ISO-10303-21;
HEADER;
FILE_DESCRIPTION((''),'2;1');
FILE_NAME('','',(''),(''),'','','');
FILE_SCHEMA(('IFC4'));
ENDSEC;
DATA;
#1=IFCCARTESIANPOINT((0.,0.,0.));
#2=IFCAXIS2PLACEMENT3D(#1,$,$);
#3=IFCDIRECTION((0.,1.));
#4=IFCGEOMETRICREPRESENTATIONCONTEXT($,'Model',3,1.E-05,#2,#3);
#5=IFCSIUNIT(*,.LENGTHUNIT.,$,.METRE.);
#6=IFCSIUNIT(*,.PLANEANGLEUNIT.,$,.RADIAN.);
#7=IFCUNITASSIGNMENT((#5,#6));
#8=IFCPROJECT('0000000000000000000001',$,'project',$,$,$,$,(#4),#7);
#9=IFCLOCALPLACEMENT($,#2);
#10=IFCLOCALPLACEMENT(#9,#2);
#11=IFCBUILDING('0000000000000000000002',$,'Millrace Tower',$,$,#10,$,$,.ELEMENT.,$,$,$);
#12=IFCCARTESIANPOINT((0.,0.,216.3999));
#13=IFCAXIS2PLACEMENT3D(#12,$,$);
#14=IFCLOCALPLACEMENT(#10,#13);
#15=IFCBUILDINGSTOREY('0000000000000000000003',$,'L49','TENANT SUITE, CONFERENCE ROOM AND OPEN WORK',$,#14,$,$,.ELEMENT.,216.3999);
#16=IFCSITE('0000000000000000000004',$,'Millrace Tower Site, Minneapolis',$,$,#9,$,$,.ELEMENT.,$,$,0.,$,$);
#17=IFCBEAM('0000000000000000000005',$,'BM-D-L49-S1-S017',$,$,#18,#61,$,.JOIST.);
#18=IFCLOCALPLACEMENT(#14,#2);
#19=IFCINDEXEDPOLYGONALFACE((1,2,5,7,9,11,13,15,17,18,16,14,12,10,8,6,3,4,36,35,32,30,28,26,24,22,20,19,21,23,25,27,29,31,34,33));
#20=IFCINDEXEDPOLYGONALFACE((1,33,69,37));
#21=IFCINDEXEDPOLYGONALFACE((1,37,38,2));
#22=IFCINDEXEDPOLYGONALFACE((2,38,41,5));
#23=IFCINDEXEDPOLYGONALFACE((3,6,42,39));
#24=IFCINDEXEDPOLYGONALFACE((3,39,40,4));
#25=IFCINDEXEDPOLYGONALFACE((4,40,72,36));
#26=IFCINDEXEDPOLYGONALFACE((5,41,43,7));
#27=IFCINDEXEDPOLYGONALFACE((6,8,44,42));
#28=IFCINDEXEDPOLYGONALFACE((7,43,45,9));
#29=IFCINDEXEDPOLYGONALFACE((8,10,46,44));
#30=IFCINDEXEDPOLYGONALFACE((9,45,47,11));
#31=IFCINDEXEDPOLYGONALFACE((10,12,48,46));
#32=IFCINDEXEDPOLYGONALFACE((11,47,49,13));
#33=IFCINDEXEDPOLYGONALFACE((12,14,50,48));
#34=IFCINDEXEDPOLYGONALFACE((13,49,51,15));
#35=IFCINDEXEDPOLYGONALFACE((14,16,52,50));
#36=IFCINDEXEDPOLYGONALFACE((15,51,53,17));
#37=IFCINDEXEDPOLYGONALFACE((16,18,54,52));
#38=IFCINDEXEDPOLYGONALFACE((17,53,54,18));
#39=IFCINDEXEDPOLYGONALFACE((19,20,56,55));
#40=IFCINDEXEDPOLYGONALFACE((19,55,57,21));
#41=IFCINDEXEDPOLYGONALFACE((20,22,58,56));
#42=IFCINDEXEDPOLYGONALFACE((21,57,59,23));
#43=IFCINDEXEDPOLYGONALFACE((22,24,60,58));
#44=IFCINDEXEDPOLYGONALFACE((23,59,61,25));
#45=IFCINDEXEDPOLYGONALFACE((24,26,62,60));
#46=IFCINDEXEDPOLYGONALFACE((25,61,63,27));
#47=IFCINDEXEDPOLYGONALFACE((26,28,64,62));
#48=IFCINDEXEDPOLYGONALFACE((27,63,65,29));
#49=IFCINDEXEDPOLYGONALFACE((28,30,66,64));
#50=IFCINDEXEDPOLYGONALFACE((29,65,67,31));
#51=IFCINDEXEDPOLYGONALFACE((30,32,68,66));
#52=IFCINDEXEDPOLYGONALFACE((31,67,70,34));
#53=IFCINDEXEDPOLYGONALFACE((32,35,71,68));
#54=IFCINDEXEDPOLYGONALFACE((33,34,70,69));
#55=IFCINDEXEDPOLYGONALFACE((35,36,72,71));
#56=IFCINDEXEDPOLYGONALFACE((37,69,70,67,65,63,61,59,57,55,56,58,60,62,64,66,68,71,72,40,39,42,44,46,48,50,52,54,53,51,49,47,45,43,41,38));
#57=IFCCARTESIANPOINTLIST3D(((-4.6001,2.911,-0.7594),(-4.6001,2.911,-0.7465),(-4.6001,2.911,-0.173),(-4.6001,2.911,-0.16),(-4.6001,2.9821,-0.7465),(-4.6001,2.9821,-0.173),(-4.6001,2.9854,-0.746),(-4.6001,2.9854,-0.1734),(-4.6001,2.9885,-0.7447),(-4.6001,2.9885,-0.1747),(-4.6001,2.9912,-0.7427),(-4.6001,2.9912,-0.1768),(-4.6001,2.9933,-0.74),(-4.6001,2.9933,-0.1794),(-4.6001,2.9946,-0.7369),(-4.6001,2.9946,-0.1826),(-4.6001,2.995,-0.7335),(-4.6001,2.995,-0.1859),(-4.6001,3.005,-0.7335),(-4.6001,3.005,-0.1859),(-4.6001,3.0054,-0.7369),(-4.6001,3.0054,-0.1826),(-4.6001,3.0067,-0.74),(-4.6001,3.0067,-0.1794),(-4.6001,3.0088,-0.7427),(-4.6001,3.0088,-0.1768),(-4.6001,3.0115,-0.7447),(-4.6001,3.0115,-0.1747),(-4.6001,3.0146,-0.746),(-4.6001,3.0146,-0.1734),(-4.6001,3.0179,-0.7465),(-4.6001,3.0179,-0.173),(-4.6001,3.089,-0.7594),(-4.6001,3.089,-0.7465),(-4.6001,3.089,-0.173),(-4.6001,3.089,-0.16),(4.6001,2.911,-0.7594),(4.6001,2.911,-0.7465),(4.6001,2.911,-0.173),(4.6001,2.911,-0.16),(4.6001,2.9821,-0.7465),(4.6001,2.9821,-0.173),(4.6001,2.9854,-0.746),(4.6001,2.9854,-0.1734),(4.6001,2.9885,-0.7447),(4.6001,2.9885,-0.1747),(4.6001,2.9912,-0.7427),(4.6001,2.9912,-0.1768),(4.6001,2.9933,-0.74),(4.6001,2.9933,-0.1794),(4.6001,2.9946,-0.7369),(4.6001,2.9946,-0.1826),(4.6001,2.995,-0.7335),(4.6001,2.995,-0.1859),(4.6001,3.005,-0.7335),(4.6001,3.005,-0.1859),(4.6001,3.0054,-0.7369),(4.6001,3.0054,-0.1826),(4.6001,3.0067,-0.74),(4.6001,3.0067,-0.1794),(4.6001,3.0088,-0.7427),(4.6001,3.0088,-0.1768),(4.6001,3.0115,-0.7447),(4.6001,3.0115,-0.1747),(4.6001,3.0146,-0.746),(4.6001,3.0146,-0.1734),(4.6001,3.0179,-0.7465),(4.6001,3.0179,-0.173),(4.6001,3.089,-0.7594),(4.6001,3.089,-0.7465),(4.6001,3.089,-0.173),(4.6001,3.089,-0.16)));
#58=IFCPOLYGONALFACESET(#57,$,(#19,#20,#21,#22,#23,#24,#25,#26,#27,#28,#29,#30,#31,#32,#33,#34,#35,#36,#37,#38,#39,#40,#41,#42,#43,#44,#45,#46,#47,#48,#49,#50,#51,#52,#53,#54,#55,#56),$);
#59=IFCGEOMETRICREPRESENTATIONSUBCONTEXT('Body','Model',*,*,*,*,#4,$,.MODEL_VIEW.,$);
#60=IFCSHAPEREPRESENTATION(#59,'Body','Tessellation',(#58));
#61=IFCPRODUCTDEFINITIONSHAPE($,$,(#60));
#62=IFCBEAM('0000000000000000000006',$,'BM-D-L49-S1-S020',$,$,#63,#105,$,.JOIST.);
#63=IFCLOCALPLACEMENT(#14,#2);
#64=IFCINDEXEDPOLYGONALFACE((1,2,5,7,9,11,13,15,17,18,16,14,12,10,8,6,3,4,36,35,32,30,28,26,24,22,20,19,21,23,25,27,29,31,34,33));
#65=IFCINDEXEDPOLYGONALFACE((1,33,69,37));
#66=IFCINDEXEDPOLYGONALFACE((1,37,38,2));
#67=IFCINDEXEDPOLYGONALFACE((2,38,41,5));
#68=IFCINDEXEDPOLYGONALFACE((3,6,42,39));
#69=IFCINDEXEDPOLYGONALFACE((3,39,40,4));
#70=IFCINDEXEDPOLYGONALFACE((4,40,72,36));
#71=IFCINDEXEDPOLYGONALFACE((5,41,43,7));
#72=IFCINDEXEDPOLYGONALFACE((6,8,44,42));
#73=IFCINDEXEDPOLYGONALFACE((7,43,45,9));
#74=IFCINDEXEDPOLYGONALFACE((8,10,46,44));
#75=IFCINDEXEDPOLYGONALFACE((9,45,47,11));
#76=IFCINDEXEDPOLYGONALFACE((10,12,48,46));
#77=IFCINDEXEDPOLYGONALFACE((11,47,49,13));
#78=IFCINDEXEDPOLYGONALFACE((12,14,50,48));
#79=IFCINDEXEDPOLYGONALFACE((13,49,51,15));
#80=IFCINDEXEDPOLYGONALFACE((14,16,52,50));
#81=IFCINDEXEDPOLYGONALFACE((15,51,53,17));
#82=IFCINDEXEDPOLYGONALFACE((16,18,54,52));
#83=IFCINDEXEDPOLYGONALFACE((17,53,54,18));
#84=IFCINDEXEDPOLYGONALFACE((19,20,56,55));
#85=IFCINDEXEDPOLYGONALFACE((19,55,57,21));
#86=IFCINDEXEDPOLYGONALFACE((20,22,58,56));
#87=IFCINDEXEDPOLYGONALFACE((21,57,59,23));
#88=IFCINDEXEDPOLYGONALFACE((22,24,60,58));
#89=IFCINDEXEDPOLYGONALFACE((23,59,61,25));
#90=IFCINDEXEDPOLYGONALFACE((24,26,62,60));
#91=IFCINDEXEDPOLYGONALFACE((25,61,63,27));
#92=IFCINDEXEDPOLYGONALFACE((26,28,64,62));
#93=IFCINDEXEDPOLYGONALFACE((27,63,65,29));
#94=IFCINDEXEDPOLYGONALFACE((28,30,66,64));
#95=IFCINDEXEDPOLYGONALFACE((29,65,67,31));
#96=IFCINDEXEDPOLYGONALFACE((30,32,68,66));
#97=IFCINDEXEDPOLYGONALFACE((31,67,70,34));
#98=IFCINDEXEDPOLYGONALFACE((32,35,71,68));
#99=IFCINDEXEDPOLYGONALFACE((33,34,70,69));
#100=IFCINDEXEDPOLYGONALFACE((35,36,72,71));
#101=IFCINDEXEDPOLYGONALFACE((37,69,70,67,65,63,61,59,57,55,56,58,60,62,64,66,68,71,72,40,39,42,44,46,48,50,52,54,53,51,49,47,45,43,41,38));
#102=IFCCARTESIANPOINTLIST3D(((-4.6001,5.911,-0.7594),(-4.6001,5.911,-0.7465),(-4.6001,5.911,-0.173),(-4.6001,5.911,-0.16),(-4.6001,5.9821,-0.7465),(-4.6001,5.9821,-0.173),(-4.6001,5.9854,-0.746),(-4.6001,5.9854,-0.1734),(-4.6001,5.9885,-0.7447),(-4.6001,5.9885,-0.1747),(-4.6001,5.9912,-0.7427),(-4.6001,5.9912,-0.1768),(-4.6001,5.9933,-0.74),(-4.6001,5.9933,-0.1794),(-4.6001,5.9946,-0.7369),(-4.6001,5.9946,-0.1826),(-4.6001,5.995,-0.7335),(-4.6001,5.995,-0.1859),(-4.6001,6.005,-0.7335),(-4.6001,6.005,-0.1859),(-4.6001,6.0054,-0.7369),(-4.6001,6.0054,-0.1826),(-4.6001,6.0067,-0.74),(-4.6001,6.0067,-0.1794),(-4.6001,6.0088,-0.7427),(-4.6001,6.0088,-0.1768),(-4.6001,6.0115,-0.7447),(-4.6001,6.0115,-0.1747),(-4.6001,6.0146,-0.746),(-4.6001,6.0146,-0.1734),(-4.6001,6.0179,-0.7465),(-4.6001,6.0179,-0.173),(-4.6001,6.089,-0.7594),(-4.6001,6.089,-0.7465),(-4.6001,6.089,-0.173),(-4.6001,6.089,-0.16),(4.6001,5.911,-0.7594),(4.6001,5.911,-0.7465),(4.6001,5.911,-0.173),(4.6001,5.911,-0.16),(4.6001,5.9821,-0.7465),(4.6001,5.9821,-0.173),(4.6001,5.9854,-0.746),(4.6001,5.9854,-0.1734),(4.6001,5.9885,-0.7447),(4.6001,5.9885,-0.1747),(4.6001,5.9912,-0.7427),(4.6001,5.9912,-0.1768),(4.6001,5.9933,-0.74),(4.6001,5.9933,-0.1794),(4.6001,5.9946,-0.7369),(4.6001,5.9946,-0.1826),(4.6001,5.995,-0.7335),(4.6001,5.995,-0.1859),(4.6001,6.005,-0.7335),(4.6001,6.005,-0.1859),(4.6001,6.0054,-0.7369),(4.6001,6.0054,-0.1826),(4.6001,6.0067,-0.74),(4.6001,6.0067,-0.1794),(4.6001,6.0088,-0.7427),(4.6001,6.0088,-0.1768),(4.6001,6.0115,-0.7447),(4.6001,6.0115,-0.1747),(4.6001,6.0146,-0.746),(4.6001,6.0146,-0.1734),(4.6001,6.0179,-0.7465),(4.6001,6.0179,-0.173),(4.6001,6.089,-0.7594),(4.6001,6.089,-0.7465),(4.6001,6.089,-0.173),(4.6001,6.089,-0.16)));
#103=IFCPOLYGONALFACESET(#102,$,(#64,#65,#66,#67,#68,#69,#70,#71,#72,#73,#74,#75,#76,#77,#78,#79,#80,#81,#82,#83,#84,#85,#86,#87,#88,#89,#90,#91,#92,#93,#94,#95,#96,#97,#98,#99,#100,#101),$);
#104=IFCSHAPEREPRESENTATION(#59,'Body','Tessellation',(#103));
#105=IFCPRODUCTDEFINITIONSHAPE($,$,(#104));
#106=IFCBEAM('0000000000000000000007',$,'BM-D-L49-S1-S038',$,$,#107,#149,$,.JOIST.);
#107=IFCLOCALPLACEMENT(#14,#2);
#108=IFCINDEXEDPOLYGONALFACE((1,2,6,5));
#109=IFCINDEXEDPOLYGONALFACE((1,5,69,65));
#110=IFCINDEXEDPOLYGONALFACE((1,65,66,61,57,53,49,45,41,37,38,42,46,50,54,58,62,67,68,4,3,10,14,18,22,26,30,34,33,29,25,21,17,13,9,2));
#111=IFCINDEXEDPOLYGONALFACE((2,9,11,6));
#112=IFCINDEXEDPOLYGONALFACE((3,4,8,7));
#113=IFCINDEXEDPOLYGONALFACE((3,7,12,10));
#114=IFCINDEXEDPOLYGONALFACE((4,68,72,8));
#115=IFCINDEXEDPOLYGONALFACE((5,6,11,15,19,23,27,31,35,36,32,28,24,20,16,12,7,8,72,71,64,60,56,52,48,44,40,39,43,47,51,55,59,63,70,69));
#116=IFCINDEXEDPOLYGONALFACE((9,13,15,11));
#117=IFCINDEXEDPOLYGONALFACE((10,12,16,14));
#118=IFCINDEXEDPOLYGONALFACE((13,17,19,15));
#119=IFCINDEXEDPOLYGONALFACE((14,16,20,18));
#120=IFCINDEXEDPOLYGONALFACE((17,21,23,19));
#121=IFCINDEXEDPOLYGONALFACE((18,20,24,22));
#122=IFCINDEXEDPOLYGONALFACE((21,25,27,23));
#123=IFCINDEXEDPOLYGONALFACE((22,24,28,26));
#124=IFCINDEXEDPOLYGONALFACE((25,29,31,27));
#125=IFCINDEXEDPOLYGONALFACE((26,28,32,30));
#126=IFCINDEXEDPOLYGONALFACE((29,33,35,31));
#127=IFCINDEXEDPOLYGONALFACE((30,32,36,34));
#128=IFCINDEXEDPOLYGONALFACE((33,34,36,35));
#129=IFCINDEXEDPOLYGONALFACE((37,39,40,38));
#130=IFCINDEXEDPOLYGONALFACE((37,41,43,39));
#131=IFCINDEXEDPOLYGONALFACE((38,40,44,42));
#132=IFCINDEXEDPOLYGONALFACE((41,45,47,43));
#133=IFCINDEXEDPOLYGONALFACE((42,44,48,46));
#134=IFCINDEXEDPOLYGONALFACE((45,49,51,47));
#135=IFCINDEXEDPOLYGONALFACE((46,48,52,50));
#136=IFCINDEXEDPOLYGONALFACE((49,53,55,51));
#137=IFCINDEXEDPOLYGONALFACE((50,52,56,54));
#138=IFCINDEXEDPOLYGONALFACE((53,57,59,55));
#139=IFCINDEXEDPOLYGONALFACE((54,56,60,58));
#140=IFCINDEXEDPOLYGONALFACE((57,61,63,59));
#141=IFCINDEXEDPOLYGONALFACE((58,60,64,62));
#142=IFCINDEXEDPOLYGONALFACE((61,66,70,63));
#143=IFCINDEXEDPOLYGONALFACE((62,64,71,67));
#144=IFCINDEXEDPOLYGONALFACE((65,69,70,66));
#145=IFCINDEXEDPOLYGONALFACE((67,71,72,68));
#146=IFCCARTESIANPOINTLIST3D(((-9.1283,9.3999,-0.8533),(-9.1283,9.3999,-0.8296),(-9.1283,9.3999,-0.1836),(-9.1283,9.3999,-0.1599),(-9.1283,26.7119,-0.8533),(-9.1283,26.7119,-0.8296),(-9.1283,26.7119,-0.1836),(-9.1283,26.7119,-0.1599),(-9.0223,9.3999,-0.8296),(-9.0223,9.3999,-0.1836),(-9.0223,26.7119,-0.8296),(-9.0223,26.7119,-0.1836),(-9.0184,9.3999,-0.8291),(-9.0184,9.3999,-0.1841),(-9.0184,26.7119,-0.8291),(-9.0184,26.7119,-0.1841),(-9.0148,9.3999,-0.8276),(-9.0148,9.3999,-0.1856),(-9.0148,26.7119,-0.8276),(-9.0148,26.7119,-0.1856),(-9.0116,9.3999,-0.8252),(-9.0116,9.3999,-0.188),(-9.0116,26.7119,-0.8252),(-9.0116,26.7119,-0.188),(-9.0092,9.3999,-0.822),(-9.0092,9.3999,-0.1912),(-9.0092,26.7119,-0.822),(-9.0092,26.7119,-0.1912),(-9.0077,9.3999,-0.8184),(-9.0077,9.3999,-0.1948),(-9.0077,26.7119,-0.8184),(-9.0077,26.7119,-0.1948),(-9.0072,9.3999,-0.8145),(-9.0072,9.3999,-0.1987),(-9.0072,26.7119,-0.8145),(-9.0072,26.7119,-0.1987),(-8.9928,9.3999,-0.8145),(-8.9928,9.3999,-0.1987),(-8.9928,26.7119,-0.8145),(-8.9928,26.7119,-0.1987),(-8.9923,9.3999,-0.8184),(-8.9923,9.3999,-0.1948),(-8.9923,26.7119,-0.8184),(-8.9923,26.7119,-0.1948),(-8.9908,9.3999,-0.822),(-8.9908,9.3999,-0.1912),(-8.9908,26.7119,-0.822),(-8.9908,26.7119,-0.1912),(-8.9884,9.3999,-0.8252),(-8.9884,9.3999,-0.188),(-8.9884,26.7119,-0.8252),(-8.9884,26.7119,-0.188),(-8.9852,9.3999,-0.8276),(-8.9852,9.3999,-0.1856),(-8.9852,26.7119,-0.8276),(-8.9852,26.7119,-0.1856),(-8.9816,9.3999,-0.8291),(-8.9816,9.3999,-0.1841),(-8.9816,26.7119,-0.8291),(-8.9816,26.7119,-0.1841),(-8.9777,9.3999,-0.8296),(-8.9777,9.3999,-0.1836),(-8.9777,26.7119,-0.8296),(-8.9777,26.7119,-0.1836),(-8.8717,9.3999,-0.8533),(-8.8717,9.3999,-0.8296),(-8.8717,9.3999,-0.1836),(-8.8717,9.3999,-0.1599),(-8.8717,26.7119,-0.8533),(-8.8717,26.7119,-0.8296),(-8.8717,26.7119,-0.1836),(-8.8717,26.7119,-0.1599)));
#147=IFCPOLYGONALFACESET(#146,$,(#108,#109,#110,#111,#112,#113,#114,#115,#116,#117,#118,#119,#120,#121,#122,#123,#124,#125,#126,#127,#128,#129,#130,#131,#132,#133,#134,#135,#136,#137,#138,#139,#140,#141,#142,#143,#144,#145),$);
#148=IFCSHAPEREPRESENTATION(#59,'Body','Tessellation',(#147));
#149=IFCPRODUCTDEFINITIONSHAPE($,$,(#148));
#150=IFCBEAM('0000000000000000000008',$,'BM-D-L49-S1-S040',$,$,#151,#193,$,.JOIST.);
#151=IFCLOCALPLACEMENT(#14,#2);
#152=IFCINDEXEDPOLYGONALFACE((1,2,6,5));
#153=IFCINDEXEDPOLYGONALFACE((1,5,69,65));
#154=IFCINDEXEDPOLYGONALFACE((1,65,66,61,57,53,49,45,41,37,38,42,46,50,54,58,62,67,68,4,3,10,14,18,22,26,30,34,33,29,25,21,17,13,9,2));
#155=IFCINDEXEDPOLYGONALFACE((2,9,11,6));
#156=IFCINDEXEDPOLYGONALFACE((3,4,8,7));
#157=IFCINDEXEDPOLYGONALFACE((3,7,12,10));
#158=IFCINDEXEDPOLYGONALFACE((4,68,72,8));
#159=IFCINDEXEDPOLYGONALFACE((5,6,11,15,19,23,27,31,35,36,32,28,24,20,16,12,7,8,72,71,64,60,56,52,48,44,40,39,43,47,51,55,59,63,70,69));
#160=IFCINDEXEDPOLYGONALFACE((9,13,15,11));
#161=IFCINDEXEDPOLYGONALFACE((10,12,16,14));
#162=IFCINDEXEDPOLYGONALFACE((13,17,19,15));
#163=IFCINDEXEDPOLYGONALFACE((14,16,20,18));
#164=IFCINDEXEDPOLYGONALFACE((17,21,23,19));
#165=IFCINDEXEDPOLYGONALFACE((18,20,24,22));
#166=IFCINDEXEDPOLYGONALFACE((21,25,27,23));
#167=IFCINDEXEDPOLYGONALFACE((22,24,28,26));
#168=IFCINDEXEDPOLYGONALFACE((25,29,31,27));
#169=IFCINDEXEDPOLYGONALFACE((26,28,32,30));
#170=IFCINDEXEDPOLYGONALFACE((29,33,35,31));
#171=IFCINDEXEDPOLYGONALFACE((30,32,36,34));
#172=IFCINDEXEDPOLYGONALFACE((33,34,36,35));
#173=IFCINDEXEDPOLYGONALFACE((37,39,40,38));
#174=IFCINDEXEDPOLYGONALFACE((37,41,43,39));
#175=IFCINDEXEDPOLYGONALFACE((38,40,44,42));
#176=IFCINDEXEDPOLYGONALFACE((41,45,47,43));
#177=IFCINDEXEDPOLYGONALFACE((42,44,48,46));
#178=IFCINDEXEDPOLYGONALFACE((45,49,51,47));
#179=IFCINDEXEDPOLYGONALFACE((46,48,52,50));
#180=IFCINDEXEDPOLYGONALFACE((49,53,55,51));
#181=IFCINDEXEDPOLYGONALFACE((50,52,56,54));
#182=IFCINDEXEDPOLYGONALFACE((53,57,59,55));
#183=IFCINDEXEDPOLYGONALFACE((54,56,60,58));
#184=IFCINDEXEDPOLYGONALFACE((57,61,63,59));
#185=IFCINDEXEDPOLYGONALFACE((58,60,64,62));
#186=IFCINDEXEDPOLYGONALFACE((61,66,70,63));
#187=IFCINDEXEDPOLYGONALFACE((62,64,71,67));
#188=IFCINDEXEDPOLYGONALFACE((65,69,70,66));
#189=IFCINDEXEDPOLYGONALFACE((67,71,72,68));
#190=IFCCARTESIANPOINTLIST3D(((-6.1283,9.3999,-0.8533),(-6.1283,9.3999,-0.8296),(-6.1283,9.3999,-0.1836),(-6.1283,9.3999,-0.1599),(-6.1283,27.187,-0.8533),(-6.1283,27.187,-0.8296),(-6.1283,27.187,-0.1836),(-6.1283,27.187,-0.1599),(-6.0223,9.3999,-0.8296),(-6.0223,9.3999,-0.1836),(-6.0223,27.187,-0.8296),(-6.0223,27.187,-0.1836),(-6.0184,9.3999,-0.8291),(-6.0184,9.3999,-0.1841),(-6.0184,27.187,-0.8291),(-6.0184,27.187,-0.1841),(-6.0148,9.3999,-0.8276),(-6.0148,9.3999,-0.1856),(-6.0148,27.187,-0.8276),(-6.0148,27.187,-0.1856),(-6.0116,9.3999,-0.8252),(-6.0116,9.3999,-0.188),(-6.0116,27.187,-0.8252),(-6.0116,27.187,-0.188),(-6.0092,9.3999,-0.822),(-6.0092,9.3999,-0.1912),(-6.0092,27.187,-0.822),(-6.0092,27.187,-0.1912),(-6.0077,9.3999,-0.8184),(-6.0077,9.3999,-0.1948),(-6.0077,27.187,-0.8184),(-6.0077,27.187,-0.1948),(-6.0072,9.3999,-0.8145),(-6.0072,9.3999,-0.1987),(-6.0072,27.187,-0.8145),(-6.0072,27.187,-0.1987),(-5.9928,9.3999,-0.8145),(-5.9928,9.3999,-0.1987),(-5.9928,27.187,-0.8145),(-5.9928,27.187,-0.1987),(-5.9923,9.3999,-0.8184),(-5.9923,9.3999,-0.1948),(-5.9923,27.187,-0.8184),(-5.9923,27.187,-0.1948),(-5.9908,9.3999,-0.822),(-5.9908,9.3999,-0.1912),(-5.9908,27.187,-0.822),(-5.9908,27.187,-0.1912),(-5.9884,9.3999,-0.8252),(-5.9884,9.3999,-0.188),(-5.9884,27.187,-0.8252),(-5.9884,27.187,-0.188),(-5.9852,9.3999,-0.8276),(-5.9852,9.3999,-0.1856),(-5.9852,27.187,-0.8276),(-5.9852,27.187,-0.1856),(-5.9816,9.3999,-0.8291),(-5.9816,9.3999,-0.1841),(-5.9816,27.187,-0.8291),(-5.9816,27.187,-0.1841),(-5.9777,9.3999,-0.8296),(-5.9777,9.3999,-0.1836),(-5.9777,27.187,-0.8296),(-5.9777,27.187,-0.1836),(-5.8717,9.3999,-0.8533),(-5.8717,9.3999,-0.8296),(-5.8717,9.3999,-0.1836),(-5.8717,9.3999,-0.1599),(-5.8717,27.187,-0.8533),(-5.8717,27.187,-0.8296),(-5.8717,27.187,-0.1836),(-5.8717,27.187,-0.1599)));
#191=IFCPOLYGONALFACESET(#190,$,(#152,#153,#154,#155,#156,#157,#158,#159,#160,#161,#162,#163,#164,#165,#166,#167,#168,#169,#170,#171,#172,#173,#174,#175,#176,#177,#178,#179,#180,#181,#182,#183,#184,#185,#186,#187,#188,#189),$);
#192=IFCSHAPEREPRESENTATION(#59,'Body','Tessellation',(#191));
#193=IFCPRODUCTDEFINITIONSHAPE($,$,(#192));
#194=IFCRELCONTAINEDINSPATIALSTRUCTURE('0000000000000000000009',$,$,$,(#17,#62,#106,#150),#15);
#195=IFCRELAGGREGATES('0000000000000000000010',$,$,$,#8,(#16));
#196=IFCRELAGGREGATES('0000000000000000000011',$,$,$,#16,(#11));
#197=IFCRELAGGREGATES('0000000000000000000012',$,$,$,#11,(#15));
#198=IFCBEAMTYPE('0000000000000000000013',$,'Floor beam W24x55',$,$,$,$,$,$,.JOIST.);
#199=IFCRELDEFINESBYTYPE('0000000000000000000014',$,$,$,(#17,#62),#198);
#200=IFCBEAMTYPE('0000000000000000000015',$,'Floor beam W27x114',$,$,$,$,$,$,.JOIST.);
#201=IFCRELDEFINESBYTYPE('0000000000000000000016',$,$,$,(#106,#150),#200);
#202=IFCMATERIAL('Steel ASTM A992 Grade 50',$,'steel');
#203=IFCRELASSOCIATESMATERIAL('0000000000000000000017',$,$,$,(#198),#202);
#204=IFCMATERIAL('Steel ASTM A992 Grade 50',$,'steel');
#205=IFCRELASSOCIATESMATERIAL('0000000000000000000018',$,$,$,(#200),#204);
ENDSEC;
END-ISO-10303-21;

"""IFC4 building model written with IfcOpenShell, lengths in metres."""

from ifc_helpers import new_model, si_unit, direction, frame, origin, origin_2d, place, context, subcontext, project, spatial, i_section, extrude, material, material_profile, profile_set, type_object, element, save


model = new_model("IFC4")

# Units and contexts
model_context = context("Model", 3, precision=1e-05, world=origin(), true_north=direction((0.0, 1.0)))
body_context = subcontext(model_context, "Body", "Model", "MODEL_VIEW")
ifc_project = project(units=[si_unit("LENGTHUNIT", "METRE"), si_unit("PLANEANGLEUNIT", "RADIAN")], contexts=[model_context])

# Site, building, storey
site_placement = place(None, origin())
site = spatial("IfcSite", under=ifc_project, at=site_placement, Name="Millrace Tower Site, Minneapolis", CompositionType="ELEMENT", RefElevation=0.0)
building_placement = place(site_placement, origin())
building = spatial("IfcBuilding", under=site, at=building_placement, Name="Millrace Tower", CompositionType="ELEMENT")
storey_placement = place(building_placement, frame((0.0, 0.0, 216.3999)))
storey = spatial("IfcBuildingStorey", under=building, at=storey_placement, Name="L49", Description="TENANT SUITE, CONFERENCE ROOM AND OPEN WORK", CompositionType="ELEMENT", Elevation=216.3999)

# Beams
ifc_material_1 = material(Name="Steel ASTM A992 Grade 50", Category="steel")
ifc_material_profile_1 = material_profile(ifc_material_1, i_section(OverallWidth=0.178, OverallDepth=0.5994, WebThickness=0.01, FlangeThickness=0.0129, FilletRadius=0.0129, at=origin_2d()))
ifc_profile_set_1 = profile_set([ifc_material_profile_1], Name="Steel ASTM A992 Grade 50")
beam_type_1 = type_object("IfcBeamType", Name="Floor beam W24x55", PredefinedType="JOIST", material=ifc_profile_set_1)
for number, where, z_axis, x_axis, name in (
    (1, (-4.6001, 3.0, -0.4597), (1.0, 0.0, 0.0), (0.0, 1.0, 0.0), "BM-D-L49-S1-S017"),
    (2, (-4.6001, 6.0, -0.4597), (1.0, 0.0, 0.0), (0.0, 1.0, 0.0), "BM-D-L49-S1-S020"),
):
    element("IfcBeam", number, at=place(storey_placement, frame(where, z_axis=z_axis, x_axis=x_axis)), inside=storey, type_object=beam_type_1, Name=name, PredefinedType="JOIST", context=body_context, shape_type="SweptSolid", body=[
        extrude(i_section(OverallWidth=0.178, OverallDepth=0.5994, WebThickness=0.01, FlangeThickness=0.0129, FilletRadius=0.0129, at=origin_2d()), origin(), (0.0, 0.0, 1.0), 9.2002),
    ])
ifc_material_2 = material(Name="Steel ASTM A992 Grade 50", Category="steel")
ifc_material_profile_2 = material_profile(ifc_material_2, i_section(OverallWidth=0.2566, OverallDepth=0.6934, WebThickness=0.0144, FlangeThickness=0.0237, FilletRadius=0.0151, at=origin_2d()))
ifc_profile_set_2 = profile_set([ifc_material_profile_2], Name="Steel ASTM A992 Grade 50")
beam_type_2 = type_object("IfcBeamType", Name="Floor beam W27x114", PredefinedType="JOIST", material=ifc_profile_set_2)
beam_1_placement = place(storey_placement, frame((-9.0, 9.3999, -0.5066), z_axis=(0.0, 1.0, 0.0), x_axis=(-1.0, 0.0, 0.0)))
element("IfcBeam", 3, at=beam_1_placement, inside=storey, type_object=beam_type_2, Name="BM-D-L49-S1-S038", PredefinedType="JOIST", context=body_context, shape_type="SweptSolid", body=[
    extrude(i_section(OverallWidth=0.2566, OverallDepth=0.6934, WebThickness=0.0144, FlangeThickness=0.0237, FilletRadius=0.0151, at=origin_2d()), origin(), (0.0, 0.0, 1.0), 17.312),
])
beam_2_placement = place(storey_placement, frame((-6.0, 9.3999, -0.5066), z_axis=(0.0, 1.0, 0.0), x_axis=(-1.0, 0.0, 0.0)))
element("IfcBeam", 4, at=beam_2_placement, inside=storey, type_object=beam_type_2, Name="BM-D-L49-S1-S040", PredefinedType="JOIST", context=body_context, shape_type="SweptSolid", body=[
    extrude(i_section(OverallWidth=0.2566, OverallDepth=0.6934, WebThickness=0.0144, FlangeThickness=0.0237, FilletRadius=0.0151, at=origin_2d()), origin(), (0.0, 0.0, 1.0), 17.7871),
])

save(model, "model.ifc")
